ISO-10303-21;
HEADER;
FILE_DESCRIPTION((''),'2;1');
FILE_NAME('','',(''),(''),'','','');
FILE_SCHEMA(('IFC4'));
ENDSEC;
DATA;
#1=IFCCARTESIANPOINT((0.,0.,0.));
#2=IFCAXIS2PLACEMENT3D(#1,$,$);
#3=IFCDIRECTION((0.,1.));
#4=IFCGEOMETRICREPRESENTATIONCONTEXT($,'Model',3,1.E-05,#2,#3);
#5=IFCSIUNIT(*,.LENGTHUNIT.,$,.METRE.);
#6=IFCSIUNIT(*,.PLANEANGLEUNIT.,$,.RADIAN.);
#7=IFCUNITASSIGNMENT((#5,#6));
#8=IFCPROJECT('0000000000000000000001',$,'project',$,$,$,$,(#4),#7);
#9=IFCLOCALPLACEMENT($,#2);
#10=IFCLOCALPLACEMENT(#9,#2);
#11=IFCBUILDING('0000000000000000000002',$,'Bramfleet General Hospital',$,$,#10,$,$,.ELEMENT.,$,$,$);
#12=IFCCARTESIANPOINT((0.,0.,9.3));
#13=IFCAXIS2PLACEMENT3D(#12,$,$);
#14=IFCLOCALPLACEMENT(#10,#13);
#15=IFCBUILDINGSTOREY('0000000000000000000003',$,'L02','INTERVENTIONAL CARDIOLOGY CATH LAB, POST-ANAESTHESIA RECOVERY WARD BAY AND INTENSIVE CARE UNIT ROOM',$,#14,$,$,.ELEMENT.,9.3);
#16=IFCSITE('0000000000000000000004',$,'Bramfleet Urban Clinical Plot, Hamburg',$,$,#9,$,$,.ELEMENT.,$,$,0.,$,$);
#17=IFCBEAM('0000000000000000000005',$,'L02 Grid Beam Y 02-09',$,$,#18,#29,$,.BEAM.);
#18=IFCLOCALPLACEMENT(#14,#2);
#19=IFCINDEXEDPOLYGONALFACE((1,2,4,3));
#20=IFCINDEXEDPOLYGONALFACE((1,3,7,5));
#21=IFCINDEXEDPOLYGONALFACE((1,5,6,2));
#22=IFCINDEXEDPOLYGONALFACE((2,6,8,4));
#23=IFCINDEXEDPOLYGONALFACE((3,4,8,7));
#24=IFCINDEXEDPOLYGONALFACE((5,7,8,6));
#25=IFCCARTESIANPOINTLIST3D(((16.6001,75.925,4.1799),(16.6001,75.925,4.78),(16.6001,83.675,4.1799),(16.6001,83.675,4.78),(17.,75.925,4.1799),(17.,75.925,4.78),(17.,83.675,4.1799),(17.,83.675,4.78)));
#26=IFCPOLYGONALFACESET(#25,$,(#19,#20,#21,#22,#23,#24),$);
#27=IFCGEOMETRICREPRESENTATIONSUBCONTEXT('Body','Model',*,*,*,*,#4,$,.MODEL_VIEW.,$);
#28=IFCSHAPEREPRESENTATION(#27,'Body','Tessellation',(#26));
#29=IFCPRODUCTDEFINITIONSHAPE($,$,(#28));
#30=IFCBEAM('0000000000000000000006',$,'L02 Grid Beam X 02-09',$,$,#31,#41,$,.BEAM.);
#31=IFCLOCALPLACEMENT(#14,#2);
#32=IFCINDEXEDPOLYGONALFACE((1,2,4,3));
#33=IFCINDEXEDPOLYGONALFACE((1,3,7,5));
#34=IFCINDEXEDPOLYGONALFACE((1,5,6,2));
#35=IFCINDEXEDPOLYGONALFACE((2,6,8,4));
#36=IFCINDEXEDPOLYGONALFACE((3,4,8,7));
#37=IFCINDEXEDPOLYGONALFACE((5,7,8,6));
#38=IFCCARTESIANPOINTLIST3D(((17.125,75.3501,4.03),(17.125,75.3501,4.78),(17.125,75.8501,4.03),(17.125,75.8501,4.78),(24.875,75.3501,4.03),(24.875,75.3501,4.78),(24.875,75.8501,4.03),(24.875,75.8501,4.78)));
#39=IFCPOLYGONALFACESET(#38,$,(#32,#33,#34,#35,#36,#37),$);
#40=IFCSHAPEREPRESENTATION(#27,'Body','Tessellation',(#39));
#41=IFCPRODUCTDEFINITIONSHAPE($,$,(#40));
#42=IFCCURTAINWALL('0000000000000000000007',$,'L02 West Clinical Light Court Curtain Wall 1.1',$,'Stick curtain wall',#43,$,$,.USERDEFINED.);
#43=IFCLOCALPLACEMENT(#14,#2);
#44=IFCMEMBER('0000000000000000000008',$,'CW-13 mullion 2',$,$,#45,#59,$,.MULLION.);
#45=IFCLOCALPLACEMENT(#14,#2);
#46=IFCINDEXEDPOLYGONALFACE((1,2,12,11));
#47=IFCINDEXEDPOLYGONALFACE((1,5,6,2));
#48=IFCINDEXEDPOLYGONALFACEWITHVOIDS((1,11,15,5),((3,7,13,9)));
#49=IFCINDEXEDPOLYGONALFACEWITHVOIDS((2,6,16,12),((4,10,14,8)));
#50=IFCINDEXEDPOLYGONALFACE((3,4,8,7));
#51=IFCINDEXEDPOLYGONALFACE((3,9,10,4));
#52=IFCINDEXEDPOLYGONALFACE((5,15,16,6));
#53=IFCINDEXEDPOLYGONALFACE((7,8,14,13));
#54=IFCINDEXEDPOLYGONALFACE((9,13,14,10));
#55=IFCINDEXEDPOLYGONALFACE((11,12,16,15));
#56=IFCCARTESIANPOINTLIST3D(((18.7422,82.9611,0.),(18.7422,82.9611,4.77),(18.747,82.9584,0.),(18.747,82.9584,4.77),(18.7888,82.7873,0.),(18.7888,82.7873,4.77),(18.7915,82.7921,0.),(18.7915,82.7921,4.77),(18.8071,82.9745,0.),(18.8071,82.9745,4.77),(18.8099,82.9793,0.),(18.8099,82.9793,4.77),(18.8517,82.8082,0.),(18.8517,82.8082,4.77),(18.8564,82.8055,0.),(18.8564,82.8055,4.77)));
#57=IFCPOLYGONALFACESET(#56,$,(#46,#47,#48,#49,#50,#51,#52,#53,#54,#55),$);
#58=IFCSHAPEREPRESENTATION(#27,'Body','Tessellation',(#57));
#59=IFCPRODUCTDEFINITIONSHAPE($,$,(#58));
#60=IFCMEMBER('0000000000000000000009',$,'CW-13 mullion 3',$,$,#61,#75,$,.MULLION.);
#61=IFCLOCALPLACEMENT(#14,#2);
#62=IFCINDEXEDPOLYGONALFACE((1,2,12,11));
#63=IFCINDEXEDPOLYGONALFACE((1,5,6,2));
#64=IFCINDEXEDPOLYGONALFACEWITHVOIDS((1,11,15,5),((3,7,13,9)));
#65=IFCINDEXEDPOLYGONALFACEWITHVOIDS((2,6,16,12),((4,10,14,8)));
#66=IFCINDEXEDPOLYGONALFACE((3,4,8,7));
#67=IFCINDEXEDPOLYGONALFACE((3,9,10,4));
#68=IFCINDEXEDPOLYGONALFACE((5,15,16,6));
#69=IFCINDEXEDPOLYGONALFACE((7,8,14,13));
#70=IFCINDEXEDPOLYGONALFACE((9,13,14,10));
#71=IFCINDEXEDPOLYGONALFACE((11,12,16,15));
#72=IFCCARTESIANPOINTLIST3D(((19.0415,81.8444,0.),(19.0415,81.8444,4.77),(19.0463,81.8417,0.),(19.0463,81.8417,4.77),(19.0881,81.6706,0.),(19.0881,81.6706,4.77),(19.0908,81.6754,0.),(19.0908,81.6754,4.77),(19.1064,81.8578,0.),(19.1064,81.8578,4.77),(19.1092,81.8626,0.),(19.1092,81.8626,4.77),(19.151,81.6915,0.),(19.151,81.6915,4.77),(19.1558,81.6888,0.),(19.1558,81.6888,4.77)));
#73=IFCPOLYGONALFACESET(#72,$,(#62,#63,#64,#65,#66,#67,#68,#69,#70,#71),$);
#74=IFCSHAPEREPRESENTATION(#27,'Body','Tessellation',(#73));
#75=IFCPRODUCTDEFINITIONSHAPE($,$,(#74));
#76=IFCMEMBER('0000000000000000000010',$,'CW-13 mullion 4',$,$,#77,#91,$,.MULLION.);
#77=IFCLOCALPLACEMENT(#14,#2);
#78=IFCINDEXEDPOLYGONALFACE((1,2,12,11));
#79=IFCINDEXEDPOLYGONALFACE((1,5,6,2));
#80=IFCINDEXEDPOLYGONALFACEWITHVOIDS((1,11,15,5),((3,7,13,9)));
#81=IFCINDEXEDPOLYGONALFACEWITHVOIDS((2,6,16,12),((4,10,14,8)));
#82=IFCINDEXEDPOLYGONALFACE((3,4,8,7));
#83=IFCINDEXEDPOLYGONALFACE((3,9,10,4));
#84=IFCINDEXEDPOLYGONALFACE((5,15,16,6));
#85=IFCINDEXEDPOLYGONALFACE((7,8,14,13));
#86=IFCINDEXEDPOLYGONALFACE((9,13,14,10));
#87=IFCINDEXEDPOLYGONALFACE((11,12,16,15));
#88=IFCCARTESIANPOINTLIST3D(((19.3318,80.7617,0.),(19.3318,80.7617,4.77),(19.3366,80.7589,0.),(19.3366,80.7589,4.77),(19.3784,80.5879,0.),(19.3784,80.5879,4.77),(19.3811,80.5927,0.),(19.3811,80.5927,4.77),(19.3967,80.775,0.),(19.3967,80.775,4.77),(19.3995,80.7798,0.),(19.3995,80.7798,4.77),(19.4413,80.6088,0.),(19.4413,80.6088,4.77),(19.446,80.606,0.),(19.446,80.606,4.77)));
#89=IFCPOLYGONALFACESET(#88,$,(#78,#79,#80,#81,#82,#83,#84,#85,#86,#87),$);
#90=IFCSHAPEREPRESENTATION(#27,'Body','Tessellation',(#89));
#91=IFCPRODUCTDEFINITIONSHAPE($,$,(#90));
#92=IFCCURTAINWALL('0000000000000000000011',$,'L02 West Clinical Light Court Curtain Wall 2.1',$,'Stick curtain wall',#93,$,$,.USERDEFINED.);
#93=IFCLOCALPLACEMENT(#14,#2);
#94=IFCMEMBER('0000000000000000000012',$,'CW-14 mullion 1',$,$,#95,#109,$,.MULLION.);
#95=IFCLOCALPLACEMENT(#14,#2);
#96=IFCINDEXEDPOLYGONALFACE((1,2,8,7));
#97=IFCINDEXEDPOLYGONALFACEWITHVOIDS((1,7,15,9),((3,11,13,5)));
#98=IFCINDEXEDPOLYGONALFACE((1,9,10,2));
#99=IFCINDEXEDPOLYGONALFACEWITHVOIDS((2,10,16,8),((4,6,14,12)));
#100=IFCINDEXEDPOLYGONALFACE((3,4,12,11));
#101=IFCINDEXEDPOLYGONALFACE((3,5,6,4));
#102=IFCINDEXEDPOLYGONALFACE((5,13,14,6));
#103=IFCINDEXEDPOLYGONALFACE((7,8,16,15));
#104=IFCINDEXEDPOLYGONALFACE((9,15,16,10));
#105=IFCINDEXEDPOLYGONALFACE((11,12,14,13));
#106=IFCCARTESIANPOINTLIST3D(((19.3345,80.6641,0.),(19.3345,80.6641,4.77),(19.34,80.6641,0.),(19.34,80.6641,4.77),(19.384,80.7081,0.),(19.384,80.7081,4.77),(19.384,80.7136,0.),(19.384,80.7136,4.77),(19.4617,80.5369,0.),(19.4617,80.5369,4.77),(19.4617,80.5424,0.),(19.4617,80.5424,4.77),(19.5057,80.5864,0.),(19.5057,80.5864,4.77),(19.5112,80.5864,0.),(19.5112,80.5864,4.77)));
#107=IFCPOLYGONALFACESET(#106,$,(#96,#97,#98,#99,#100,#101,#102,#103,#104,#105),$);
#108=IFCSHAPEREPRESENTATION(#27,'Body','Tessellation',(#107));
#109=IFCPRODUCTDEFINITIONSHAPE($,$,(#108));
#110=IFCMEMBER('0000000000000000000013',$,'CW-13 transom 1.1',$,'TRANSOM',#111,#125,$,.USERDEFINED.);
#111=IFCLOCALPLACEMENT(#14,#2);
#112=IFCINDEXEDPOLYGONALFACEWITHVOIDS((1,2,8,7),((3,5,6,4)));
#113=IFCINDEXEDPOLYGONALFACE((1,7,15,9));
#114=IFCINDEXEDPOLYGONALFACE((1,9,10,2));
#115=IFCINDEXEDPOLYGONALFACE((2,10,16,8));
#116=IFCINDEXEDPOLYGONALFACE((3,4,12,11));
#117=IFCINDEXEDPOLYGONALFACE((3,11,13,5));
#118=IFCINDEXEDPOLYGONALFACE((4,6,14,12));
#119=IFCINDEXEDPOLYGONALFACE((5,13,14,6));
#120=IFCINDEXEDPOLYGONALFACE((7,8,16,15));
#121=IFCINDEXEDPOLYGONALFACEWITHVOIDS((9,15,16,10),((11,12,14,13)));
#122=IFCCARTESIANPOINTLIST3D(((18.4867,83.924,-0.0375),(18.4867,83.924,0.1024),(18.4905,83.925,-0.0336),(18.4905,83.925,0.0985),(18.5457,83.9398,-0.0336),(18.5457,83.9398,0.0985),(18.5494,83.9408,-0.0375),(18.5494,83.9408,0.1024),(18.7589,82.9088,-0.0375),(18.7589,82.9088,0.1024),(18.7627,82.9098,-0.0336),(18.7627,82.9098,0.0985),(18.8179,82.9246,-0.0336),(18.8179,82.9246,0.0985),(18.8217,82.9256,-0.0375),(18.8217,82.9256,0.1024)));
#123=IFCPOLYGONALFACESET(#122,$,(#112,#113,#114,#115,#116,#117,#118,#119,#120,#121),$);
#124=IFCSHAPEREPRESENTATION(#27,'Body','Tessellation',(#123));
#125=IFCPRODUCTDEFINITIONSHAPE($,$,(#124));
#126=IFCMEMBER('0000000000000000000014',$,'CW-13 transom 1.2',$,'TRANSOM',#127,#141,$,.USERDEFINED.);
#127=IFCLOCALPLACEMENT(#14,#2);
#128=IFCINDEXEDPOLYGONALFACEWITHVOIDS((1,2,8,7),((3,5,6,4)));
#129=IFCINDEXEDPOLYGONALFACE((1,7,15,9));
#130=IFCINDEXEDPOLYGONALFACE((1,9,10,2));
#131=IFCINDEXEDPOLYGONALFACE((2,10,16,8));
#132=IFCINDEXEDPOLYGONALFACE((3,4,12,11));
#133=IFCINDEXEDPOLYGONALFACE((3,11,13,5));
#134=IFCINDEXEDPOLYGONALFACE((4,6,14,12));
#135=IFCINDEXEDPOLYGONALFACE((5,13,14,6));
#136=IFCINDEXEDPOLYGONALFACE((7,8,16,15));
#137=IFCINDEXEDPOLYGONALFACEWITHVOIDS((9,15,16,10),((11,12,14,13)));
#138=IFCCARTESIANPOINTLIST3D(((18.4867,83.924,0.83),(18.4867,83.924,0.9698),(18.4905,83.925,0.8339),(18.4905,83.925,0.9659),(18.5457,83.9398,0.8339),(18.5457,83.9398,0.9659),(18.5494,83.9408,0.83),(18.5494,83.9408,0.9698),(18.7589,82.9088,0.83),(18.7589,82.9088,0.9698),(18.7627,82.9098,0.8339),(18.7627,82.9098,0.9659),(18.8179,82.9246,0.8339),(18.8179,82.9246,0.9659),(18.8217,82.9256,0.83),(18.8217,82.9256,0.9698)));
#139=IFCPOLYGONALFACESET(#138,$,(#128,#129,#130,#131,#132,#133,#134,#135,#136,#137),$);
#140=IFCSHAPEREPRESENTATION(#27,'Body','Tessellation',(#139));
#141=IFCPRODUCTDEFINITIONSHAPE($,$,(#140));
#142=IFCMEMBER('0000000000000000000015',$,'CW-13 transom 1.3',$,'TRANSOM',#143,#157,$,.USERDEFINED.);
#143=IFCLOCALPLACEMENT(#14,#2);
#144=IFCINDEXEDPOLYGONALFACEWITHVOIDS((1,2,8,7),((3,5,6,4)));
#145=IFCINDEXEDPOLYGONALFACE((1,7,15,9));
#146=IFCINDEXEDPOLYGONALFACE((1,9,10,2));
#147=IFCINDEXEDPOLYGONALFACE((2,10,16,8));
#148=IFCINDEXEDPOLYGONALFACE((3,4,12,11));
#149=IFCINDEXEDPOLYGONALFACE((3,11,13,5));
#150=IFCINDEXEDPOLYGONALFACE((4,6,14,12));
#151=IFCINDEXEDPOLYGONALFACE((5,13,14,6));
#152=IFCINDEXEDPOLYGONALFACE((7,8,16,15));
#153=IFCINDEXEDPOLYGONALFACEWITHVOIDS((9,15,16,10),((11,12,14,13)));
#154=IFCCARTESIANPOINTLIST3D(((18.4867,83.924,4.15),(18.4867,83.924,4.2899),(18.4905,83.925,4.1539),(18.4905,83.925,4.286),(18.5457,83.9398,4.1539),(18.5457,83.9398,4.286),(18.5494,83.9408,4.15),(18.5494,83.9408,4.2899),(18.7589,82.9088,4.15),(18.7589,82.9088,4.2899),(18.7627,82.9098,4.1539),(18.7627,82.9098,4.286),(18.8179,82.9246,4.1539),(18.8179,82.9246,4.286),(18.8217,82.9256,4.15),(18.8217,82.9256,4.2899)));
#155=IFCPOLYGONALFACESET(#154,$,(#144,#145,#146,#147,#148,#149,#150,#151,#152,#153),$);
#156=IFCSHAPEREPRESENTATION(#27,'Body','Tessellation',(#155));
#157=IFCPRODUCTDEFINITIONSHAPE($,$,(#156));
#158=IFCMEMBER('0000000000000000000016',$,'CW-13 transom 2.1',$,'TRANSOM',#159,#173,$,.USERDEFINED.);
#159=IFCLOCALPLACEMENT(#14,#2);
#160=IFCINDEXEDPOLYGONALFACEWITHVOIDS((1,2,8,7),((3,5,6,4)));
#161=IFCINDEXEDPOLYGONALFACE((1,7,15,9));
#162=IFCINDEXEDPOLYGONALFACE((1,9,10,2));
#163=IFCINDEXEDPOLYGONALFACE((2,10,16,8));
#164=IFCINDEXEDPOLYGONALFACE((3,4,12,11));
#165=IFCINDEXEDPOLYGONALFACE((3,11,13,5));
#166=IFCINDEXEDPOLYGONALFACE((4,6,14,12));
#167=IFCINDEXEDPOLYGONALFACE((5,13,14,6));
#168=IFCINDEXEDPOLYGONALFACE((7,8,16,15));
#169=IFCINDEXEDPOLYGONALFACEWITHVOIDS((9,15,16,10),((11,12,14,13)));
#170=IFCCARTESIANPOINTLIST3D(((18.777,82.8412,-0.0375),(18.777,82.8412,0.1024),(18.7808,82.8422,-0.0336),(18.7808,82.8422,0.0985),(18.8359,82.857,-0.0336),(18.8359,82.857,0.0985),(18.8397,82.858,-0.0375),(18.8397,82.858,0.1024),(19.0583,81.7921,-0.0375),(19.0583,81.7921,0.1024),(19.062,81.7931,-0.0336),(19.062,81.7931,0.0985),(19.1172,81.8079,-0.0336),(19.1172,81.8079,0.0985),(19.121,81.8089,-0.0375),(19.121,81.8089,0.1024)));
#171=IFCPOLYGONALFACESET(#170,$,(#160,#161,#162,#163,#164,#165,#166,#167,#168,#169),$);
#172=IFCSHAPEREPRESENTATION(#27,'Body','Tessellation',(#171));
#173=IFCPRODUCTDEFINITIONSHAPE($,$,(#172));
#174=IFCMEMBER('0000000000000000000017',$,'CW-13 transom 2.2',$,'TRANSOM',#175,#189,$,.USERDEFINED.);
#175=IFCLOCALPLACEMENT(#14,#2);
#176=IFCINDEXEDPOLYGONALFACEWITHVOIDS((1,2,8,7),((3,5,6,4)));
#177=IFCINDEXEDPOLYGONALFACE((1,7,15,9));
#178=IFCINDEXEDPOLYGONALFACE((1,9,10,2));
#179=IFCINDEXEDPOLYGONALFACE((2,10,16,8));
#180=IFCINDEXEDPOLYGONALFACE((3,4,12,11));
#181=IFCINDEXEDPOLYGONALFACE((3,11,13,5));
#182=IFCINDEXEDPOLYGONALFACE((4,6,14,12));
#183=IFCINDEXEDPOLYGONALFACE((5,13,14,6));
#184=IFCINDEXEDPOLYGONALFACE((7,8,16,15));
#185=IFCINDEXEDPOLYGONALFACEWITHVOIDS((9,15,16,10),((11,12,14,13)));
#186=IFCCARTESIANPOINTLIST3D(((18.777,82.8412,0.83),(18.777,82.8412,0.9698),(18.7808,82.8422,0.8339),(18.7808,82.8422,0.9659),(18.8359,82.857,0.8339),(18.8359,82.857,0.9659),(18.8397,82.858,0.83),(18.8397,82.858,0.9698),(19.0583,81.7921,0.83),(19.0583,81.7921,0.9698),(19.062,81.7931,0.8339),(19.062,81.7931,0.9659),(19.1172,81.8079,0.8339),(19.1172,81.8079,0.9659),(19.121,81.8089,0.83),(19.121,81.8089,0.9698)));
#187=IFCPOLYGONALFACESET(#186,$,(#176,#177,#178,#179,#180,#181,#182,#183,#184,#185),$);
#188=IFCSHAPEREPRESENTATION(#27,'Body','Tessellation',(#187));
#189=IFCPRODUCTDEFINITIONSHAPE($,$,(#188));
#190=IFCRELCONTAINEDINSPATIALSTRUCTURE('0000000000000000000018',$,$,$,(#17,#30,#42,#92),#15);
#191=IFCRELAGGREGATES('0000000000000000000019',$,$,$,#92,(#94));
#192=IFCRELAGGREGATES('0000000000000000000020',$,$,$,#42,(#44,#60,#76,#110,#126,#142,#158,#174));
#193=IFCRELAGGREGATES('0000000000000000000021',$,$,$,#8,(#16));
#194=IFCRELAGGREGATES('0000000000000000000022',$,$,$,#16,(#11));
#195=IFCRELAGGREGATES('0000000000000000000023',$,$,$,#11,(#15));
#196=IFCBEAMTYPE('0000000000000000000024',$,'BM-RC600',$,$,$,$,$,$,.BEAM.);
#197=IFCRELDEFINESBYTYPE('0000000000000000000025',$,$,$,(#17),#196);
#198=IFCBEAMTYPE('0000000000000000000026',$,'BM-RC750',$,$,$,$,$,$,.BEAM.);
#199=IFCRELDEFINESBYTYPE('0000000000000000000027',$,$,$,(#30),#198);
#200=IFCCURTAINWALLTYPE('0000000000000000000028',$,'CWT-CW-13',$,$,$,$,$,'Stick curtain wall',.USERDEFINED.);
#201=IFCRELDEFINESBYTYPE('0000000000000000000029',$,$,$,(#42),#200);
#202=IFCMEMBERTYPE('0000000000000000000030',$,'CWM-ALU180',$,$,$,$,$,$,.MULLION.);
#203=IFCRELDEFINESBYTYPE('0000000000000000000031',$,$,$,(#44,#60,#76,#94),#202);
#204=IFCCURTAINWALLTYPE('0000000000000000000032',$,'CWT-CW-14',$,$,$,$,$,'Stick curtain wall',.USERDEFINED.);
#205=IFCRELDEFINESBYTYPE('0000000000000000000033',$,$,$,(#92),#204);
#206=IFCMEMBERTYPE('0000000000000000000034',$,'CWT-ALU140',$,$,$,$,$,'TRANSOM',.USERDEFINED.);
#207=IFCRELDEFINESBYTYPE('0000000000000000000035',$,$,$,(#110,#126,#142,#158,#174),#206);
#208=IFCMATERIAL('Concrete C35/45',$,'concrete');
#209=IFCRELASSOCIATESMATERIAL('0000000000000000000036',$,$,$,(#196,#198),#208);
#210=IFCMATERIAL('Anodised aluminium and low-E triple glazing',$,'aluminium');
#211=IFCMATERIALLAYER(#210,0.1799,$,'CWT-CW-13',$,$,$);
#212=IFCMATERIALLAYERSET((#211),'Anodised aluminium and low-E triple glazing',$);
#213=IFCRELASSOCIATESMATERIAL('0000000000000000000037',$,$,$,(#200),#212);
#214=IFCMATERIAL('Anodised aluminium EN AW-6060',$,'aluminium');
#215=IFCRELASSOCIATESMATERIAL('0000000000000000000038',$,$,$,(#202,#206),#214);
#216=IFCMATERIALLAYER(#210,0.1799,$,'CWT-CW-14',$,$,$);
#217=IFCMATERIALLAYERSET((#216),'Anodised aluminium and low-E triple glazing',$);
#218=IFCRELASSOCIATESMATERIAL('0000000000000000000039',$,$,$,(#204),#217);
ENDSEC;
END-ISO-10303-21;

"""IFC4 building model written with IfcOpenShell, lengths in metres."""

from ifc_helpers import new_model, si_unit, direction, frame, origin, origin_2d, place, context, subcontext, project, spatial, rectangle, hollow_rectangle, extrude, material, layer, layer_set, material_profile, profile_set, type_object, element, aggregate, save


model = new_model("IFC4")

# Units and contexts
model_context = context("Model", 3, precision=1e-05, world=origin(), true_north=direction((0.0, 1.0)))
body_context = subcontext(model_context, "Body", "Model", "MODEL_VIEW")
ifc_project = project(units=[si_unit("LENGTHUNIT", "METRE"), si_unit("PLANEANGLEUNIT", "RADIAN")], contexts=[model_context])

# Site, building, storey
site_placement = place(None, origin())
site = spatial("IfcSite", under=ifc_project, at=site_placement, Name="Bramfleet Urban Clinical Plot, Hamburg", CompositionType="ELEMENT", RefElevation=0.0)
building_placement = place(site_placement, origin())
building = spatial("IfcBuilding", under=site, at=building_placement, Name="Bramfleet General Hospital", CompositionType="ELEMENT")
storey_placement = place(building_placement, frame((0.0, 0.0, 9.3)))
storey = spatial("IfcBuildingStorey", under=building, at=storey_placement, Name="L02", Description="INTERVENTIONAL CARDIOLOGY CATH LAB, POST-ANAESTHESIA RECOVERY WARD BAY AND INTENSIVE CARE UNIT ROOM", CompositionType="ELEMENT", Elevation=9.3)

# Beams
ifc_material_1 = material(Name="Concrete C35/45", Category="concrete")
ifc_material_profile_1 = material_profile(ifc_material_1, rectangle(XDim=0.3999, YDim=0.6001, at=origin_2d()), Name="RC BM 600x400")
ifc_profile_set_1 = profile_set([ifc_material_profile_1], Name="Concrete C35/45")
beam_type_1 = type_object("IfcBeamType", Name="BM-RC600", PredefinedType="BEAM", material=ifc_profile_set_1)
beam_1_placement = place(storey_placement, frame((16.8, 75.925, 4.48), z_axis=(0.0, 1.0, 0.0), x_axis=(-1.0, 0.0, 0.0)))
element("IfcBeam", 1, at=beam_1_placement, inside=storey, type_object=beam_type_1, Name="L02 Grid Beam Y 02-09", PredefinedType="BEAM", context=body_context, shape_type="SweptSolid", body=[
    extrude(rectangle(XDim=0.3999, YDim=0.6001, at=origin_2d()), origin(), (0.0, 0.0, 1.0), 7.75),
])
ifc_material_profile_2 = material_profile(ifc_material_1, rectangle(XDim=0.5, YDim=0.75, at=origin_2d()), Name="RC BM 750x500")
ifc_profile_set_2 = profile_set([ifc_material_profile_2], Name="Concrete C35/45")
beam_type_2 = type_object("IfcBeamType", Name="BM-RC750", PredefinedType="BEAM", material=ifc_profile_set_2)
beam_2_placement = place(storey_placement, frame((17.125, 75.6001, 4.405), z_axis=(1.0, 0.0, 0.0), x_axis=(0.0, 1.0, 0.0)))
element("IfcBeam", 2, at=beam_2_placement, inside=storey, type_object=beam_type_2, Name="L02 Grid Beam X 02-09", PredefinedType="BEAM", context=body_context, shape_type="SweptSolid", body=[
    extrude(rectangle(XDim=0.5, YDim=0.75, at=origin_2d()), origin(), (0.0, 0.0, 1.0), 7.75),
])

# Curtain wall, members
ifc_material_2 = material(Name="Anodised aluminium and low-E triple glazing", Category="aluminium")
ifc_layer_1 = layer(ifc_material_2, 0.1799, Name="CWT-CW-13")
ifc_layer_set_1 = layer_set([ifc_layer_1], Name="Anodised aluminium and low-E triple glazing")
curtain_wall_type_1 = type_object("IfcCurtainWallType", Name="CWT-CW-13", ElementType="Stick curtain wall", PredefinedType="USERDEFINED", material=ifc_layer_set_1)
curtain_wall_1_placement = place(storey_placement, origin())
curtain_wall_1 = element("IfcCurtainWall", 3, at=curtain_wall_1_placement, inside=storey, type_object=curtain_wall_type_1, Name="L02 West Clinical Light Court Curtain Wall 1.1", ObjectType="Stick curtain wall", PredefinedType="USERDEFINED")
ifc_material_3 = material(Name="Anodised aluminium EN AW-6060", Category="aluminium")
ifc_material_profile_3 = material_profile(ifc_material_3, hollow_rectangle(XDim=0.0701, YDim=0.1799, WallThickness=0.0039, at=origin_2d()), Name="ALU 180x70x4.0")
ifc_profile_set_3 = profile_set([ifc_material_profile_3], Name="Anodised aluminium EN AW-6060")
member_type_1 = type_object("IfcMemberType", Name="CWM-ALU180", PredefinedType="MULLION", material=ifc_profile_set_3)
member_1_placement = place(storey_placement, frame((18.7993, 82.8833, 0.0), z_axis=(0.0, 0.0, 1.0), x_axis=(0.965899, 0.258919, 0.0)))
member_1 = element("IfcMember", 4, at=member_1_placement, type_object=member_type_1, Name="CW-13 mullion 2", PredefinedType="MULLION", context=body_context, shape_type="SweptSolid", body=[
    extrude(hollow_rectangle(XDim=0.0701, YDim=0.1799, WallThickness=0.0039, at=origin_2d()), origin(), (0.0, 0.0, 1.0), 4.77),
])
member_2_placement = place(storey_placement, frame((19.0986, 81.7666, 0.0), z_axis=(0.0, 0.0, 1.0), x_axis=(0.965899, 0.258919, 0.0)))
member_2 = element("IfcMember", 5, at=member_2_placement, type_object=member_type_1, Name="CW-13 mullion 3", PredefinedType="MULLION", context=body_context, shape_type="SweptSolid", body=[
    extrude(hollow_rectangle(XDim=0.0701, YDim=0.1799, WallThickness=0.0039, at=origin_2d()), origin(), (0.0, 0.0, 1.0), 4.77),
])
member_3_placement = place(storey_placement, frame((19.3889, 80.6838, 0.0), z_axis=(0.0, 0.0, 1.0), x_axis=(0.965899, 0.258919, 0.0)))
member_3 = element("IfcMember", 6, at=member_3_placement, type_object=member_type_1, Name="CW-13 mullion 4", PredefinedType="MULLION", context=body_context, shape_type="SweptSolid", body=[
    extrude(hollow_rectangle(XDim=0.0701, YDim=0.1799, WallThickness=0.0039, at=origin_2d()), origin(), (0.0, 0.0, 1.0), 4.77),
])

# Curtain wall, member
ifc_layer_2 = layer(ifc_material_2, 0.1799, Name="CWT-CW-14")
ifc_layer_set_2 = layer_set([ifc_layer_2], Name="Anodised aluminium and low-E triple glazing")
curtain_wall_type_2 = type_object("IfcCurtainWallType", Name="CWT-CW-14", ElementType="Stick curtain wall", PredefinedType="USERDEFINED", material=ifc_layer_set_2)
curtain_wall_2_placement = place(storey_placement, origin())
curtain_wall_2 = element("IfcCurtainWall", 7, at=curtain_wall_2_placement, inside=storey, type_object=curtain_wall_type_2, Name="L02 West Clinical Light Court Curtain Wall 2.1", ObjectType="Stick curtain wall", PredefinedType="USERDEFINED")
member_4_placement = place(storey_placement, frame((19.4229, 80.6252, 0.0), z_axis=(0.0, 0.0, 1.0), x_axis=(0.707107, 0.707107, 0.0)))
member_4 = element("IfcMember", 8, at=member_4_placement, type_object=member_type_1, Name="CW-14 mullion 1", PredefinedType="MULLION", context=body_context, shape_type="SweptSolid", body=[
    extrude(hollow_rectangle(XDim=0.0701, YDim=0.1799, WallThickness=0.0039, at=origin_2d()), origin(), (0.0, 0.0, 1.0), 4.77),
])

# Members
ifc_material_profile_4 = material_profile(ifc_material_3, hollow_rectangle(XDim=0.0649, YDim=0.1399, WallThickness=0.0039, at=origin_2d()), Name="ALU 140x65x4.0")
ifc_profile_set_4 = profile_set([ifc_material_profile_4], Name="Anodised aluminium EN AW-6060")
member_type_2 = type_object("IfcMemberType", Name="CWT-ALU140", ElementType="TRANSOM", PredefinedType="USERDEFINED", material=ifc_profile_set_4)
member_5_placement = place(storey_placement, frame((18.5181, 83.9324, 0.0325), z_axis=(0.259007, -0.965875, 0.0), x_axis=(0.965875, 0.259007, 0.0)))
member_5 = element("IfcMember", 9, at=member_5_placement, type_object=member_type_2, Name="CW-13 transom 1.1", ObjectType="TRANSOM", PredefinedType="USERDEFINED", context=body_context, shape_type="SweptSolid", body=[
    extrude(hollow_rectangle(XDim=0.0649, YDim=0.1399, WallThickness=0.0039, at=origin_2d()), origin(), (0.0, 0.0, 1.0), 1.051),
])
member_6_placement = place(storey_placement, frame((18.5181, 83.9324, 0.8999), z_axis=(0.259007, -0.965875, 0.0), x_axis=(0.965875, 0.259007, 0.0)))
member_6 = element("IfcMember", 10, at=member_6_placement, type_object=member_type_2, Name="CW-13 transom 1.2", ObjectType="TRANSOM", PredefinedType="USERDEFINED", context=body_context, shape_type="SweptSolid", body=[
    extrude(hollow_rectangle(XDim=0.0649, YDim=0.1399, WallThickness=0.0039, at=origin_2d()), origin(), (0.0, 0.0, 1.0), 1.051),
])
member_7_placement = place(storey_placement, frame((18.5181, 83.9324, 4.22), z_axis=(0.259007, -0.965875, 0.0), x_axis=(0.965875, 0.259007, 0.0)))
member_7 = element("IfcMember", 11, at=member_7_placement, type_object=member_type_2, Name="CW-13 transom 1.3", ObjectType="TRANSOM", PredefinedType="USERDEFINED", context=body_context, shape_type="SweptSolid", body=[
    extrude(hollow_rectangle(XDim=0.0649, YDim=0.1399, WallThickness=0.0039, at=origin_2d()), origin(), (0.0, 0.0, 1.0), 1.051),
])
member_8_placement = place(storey_placement, frame((18.8083, 82.8496, 0.0325), z_axis=(0.25895, -0.965891, 0.0), x_axis=(0.965891, 0.25895, 0.0)))
member_8 = element("IfcMember", 12, at=member_8_placement, type_object=member_type_2, Name="CW-13 transom 2.1", ObjectType="TRANSOM", PredefinedType="USERDEFINED", context=body_context, shape_type="SweptSolid", body=[
    extrude(hollow_rectangle(XDim=0.0649, YDim=0.1399, WallThickness=0.0039, at=origin_2d()), origin(), (0.0, 0.0, 1.0), 1.0862),
])
member_9_placement = place(storey_placement, frame((18.8083, 82.8496, 0.8999), z_axis=(0.25895, -0.965891, 0.0), x_axis=(0.965891, 0.25895, 0.0)))
member_9 = element("IfcMember", 13, at=member_9_placement, type_object=member_type_2, Name="CW-13 transom 2.2", ObjectType="TRANSOM", PredefinedType="USERDEFINED", context=body_context, shape_type="SweptSolid", body=[
    extrude(hollow_rectangle(XDim=0.0649, YDim=0.1399, WallThickness=0.0039, at=origin_2d()), origin(), (0.0, 0.0, 1.0), 1.0862),
])
aggregate(curtain_wall_2, [member_4])

aggregate(curtain_wall_1, [member_1, member_2, member_3, member_5, member_6, member_7, member_8, member_9])

save(model, "model.ifc")
